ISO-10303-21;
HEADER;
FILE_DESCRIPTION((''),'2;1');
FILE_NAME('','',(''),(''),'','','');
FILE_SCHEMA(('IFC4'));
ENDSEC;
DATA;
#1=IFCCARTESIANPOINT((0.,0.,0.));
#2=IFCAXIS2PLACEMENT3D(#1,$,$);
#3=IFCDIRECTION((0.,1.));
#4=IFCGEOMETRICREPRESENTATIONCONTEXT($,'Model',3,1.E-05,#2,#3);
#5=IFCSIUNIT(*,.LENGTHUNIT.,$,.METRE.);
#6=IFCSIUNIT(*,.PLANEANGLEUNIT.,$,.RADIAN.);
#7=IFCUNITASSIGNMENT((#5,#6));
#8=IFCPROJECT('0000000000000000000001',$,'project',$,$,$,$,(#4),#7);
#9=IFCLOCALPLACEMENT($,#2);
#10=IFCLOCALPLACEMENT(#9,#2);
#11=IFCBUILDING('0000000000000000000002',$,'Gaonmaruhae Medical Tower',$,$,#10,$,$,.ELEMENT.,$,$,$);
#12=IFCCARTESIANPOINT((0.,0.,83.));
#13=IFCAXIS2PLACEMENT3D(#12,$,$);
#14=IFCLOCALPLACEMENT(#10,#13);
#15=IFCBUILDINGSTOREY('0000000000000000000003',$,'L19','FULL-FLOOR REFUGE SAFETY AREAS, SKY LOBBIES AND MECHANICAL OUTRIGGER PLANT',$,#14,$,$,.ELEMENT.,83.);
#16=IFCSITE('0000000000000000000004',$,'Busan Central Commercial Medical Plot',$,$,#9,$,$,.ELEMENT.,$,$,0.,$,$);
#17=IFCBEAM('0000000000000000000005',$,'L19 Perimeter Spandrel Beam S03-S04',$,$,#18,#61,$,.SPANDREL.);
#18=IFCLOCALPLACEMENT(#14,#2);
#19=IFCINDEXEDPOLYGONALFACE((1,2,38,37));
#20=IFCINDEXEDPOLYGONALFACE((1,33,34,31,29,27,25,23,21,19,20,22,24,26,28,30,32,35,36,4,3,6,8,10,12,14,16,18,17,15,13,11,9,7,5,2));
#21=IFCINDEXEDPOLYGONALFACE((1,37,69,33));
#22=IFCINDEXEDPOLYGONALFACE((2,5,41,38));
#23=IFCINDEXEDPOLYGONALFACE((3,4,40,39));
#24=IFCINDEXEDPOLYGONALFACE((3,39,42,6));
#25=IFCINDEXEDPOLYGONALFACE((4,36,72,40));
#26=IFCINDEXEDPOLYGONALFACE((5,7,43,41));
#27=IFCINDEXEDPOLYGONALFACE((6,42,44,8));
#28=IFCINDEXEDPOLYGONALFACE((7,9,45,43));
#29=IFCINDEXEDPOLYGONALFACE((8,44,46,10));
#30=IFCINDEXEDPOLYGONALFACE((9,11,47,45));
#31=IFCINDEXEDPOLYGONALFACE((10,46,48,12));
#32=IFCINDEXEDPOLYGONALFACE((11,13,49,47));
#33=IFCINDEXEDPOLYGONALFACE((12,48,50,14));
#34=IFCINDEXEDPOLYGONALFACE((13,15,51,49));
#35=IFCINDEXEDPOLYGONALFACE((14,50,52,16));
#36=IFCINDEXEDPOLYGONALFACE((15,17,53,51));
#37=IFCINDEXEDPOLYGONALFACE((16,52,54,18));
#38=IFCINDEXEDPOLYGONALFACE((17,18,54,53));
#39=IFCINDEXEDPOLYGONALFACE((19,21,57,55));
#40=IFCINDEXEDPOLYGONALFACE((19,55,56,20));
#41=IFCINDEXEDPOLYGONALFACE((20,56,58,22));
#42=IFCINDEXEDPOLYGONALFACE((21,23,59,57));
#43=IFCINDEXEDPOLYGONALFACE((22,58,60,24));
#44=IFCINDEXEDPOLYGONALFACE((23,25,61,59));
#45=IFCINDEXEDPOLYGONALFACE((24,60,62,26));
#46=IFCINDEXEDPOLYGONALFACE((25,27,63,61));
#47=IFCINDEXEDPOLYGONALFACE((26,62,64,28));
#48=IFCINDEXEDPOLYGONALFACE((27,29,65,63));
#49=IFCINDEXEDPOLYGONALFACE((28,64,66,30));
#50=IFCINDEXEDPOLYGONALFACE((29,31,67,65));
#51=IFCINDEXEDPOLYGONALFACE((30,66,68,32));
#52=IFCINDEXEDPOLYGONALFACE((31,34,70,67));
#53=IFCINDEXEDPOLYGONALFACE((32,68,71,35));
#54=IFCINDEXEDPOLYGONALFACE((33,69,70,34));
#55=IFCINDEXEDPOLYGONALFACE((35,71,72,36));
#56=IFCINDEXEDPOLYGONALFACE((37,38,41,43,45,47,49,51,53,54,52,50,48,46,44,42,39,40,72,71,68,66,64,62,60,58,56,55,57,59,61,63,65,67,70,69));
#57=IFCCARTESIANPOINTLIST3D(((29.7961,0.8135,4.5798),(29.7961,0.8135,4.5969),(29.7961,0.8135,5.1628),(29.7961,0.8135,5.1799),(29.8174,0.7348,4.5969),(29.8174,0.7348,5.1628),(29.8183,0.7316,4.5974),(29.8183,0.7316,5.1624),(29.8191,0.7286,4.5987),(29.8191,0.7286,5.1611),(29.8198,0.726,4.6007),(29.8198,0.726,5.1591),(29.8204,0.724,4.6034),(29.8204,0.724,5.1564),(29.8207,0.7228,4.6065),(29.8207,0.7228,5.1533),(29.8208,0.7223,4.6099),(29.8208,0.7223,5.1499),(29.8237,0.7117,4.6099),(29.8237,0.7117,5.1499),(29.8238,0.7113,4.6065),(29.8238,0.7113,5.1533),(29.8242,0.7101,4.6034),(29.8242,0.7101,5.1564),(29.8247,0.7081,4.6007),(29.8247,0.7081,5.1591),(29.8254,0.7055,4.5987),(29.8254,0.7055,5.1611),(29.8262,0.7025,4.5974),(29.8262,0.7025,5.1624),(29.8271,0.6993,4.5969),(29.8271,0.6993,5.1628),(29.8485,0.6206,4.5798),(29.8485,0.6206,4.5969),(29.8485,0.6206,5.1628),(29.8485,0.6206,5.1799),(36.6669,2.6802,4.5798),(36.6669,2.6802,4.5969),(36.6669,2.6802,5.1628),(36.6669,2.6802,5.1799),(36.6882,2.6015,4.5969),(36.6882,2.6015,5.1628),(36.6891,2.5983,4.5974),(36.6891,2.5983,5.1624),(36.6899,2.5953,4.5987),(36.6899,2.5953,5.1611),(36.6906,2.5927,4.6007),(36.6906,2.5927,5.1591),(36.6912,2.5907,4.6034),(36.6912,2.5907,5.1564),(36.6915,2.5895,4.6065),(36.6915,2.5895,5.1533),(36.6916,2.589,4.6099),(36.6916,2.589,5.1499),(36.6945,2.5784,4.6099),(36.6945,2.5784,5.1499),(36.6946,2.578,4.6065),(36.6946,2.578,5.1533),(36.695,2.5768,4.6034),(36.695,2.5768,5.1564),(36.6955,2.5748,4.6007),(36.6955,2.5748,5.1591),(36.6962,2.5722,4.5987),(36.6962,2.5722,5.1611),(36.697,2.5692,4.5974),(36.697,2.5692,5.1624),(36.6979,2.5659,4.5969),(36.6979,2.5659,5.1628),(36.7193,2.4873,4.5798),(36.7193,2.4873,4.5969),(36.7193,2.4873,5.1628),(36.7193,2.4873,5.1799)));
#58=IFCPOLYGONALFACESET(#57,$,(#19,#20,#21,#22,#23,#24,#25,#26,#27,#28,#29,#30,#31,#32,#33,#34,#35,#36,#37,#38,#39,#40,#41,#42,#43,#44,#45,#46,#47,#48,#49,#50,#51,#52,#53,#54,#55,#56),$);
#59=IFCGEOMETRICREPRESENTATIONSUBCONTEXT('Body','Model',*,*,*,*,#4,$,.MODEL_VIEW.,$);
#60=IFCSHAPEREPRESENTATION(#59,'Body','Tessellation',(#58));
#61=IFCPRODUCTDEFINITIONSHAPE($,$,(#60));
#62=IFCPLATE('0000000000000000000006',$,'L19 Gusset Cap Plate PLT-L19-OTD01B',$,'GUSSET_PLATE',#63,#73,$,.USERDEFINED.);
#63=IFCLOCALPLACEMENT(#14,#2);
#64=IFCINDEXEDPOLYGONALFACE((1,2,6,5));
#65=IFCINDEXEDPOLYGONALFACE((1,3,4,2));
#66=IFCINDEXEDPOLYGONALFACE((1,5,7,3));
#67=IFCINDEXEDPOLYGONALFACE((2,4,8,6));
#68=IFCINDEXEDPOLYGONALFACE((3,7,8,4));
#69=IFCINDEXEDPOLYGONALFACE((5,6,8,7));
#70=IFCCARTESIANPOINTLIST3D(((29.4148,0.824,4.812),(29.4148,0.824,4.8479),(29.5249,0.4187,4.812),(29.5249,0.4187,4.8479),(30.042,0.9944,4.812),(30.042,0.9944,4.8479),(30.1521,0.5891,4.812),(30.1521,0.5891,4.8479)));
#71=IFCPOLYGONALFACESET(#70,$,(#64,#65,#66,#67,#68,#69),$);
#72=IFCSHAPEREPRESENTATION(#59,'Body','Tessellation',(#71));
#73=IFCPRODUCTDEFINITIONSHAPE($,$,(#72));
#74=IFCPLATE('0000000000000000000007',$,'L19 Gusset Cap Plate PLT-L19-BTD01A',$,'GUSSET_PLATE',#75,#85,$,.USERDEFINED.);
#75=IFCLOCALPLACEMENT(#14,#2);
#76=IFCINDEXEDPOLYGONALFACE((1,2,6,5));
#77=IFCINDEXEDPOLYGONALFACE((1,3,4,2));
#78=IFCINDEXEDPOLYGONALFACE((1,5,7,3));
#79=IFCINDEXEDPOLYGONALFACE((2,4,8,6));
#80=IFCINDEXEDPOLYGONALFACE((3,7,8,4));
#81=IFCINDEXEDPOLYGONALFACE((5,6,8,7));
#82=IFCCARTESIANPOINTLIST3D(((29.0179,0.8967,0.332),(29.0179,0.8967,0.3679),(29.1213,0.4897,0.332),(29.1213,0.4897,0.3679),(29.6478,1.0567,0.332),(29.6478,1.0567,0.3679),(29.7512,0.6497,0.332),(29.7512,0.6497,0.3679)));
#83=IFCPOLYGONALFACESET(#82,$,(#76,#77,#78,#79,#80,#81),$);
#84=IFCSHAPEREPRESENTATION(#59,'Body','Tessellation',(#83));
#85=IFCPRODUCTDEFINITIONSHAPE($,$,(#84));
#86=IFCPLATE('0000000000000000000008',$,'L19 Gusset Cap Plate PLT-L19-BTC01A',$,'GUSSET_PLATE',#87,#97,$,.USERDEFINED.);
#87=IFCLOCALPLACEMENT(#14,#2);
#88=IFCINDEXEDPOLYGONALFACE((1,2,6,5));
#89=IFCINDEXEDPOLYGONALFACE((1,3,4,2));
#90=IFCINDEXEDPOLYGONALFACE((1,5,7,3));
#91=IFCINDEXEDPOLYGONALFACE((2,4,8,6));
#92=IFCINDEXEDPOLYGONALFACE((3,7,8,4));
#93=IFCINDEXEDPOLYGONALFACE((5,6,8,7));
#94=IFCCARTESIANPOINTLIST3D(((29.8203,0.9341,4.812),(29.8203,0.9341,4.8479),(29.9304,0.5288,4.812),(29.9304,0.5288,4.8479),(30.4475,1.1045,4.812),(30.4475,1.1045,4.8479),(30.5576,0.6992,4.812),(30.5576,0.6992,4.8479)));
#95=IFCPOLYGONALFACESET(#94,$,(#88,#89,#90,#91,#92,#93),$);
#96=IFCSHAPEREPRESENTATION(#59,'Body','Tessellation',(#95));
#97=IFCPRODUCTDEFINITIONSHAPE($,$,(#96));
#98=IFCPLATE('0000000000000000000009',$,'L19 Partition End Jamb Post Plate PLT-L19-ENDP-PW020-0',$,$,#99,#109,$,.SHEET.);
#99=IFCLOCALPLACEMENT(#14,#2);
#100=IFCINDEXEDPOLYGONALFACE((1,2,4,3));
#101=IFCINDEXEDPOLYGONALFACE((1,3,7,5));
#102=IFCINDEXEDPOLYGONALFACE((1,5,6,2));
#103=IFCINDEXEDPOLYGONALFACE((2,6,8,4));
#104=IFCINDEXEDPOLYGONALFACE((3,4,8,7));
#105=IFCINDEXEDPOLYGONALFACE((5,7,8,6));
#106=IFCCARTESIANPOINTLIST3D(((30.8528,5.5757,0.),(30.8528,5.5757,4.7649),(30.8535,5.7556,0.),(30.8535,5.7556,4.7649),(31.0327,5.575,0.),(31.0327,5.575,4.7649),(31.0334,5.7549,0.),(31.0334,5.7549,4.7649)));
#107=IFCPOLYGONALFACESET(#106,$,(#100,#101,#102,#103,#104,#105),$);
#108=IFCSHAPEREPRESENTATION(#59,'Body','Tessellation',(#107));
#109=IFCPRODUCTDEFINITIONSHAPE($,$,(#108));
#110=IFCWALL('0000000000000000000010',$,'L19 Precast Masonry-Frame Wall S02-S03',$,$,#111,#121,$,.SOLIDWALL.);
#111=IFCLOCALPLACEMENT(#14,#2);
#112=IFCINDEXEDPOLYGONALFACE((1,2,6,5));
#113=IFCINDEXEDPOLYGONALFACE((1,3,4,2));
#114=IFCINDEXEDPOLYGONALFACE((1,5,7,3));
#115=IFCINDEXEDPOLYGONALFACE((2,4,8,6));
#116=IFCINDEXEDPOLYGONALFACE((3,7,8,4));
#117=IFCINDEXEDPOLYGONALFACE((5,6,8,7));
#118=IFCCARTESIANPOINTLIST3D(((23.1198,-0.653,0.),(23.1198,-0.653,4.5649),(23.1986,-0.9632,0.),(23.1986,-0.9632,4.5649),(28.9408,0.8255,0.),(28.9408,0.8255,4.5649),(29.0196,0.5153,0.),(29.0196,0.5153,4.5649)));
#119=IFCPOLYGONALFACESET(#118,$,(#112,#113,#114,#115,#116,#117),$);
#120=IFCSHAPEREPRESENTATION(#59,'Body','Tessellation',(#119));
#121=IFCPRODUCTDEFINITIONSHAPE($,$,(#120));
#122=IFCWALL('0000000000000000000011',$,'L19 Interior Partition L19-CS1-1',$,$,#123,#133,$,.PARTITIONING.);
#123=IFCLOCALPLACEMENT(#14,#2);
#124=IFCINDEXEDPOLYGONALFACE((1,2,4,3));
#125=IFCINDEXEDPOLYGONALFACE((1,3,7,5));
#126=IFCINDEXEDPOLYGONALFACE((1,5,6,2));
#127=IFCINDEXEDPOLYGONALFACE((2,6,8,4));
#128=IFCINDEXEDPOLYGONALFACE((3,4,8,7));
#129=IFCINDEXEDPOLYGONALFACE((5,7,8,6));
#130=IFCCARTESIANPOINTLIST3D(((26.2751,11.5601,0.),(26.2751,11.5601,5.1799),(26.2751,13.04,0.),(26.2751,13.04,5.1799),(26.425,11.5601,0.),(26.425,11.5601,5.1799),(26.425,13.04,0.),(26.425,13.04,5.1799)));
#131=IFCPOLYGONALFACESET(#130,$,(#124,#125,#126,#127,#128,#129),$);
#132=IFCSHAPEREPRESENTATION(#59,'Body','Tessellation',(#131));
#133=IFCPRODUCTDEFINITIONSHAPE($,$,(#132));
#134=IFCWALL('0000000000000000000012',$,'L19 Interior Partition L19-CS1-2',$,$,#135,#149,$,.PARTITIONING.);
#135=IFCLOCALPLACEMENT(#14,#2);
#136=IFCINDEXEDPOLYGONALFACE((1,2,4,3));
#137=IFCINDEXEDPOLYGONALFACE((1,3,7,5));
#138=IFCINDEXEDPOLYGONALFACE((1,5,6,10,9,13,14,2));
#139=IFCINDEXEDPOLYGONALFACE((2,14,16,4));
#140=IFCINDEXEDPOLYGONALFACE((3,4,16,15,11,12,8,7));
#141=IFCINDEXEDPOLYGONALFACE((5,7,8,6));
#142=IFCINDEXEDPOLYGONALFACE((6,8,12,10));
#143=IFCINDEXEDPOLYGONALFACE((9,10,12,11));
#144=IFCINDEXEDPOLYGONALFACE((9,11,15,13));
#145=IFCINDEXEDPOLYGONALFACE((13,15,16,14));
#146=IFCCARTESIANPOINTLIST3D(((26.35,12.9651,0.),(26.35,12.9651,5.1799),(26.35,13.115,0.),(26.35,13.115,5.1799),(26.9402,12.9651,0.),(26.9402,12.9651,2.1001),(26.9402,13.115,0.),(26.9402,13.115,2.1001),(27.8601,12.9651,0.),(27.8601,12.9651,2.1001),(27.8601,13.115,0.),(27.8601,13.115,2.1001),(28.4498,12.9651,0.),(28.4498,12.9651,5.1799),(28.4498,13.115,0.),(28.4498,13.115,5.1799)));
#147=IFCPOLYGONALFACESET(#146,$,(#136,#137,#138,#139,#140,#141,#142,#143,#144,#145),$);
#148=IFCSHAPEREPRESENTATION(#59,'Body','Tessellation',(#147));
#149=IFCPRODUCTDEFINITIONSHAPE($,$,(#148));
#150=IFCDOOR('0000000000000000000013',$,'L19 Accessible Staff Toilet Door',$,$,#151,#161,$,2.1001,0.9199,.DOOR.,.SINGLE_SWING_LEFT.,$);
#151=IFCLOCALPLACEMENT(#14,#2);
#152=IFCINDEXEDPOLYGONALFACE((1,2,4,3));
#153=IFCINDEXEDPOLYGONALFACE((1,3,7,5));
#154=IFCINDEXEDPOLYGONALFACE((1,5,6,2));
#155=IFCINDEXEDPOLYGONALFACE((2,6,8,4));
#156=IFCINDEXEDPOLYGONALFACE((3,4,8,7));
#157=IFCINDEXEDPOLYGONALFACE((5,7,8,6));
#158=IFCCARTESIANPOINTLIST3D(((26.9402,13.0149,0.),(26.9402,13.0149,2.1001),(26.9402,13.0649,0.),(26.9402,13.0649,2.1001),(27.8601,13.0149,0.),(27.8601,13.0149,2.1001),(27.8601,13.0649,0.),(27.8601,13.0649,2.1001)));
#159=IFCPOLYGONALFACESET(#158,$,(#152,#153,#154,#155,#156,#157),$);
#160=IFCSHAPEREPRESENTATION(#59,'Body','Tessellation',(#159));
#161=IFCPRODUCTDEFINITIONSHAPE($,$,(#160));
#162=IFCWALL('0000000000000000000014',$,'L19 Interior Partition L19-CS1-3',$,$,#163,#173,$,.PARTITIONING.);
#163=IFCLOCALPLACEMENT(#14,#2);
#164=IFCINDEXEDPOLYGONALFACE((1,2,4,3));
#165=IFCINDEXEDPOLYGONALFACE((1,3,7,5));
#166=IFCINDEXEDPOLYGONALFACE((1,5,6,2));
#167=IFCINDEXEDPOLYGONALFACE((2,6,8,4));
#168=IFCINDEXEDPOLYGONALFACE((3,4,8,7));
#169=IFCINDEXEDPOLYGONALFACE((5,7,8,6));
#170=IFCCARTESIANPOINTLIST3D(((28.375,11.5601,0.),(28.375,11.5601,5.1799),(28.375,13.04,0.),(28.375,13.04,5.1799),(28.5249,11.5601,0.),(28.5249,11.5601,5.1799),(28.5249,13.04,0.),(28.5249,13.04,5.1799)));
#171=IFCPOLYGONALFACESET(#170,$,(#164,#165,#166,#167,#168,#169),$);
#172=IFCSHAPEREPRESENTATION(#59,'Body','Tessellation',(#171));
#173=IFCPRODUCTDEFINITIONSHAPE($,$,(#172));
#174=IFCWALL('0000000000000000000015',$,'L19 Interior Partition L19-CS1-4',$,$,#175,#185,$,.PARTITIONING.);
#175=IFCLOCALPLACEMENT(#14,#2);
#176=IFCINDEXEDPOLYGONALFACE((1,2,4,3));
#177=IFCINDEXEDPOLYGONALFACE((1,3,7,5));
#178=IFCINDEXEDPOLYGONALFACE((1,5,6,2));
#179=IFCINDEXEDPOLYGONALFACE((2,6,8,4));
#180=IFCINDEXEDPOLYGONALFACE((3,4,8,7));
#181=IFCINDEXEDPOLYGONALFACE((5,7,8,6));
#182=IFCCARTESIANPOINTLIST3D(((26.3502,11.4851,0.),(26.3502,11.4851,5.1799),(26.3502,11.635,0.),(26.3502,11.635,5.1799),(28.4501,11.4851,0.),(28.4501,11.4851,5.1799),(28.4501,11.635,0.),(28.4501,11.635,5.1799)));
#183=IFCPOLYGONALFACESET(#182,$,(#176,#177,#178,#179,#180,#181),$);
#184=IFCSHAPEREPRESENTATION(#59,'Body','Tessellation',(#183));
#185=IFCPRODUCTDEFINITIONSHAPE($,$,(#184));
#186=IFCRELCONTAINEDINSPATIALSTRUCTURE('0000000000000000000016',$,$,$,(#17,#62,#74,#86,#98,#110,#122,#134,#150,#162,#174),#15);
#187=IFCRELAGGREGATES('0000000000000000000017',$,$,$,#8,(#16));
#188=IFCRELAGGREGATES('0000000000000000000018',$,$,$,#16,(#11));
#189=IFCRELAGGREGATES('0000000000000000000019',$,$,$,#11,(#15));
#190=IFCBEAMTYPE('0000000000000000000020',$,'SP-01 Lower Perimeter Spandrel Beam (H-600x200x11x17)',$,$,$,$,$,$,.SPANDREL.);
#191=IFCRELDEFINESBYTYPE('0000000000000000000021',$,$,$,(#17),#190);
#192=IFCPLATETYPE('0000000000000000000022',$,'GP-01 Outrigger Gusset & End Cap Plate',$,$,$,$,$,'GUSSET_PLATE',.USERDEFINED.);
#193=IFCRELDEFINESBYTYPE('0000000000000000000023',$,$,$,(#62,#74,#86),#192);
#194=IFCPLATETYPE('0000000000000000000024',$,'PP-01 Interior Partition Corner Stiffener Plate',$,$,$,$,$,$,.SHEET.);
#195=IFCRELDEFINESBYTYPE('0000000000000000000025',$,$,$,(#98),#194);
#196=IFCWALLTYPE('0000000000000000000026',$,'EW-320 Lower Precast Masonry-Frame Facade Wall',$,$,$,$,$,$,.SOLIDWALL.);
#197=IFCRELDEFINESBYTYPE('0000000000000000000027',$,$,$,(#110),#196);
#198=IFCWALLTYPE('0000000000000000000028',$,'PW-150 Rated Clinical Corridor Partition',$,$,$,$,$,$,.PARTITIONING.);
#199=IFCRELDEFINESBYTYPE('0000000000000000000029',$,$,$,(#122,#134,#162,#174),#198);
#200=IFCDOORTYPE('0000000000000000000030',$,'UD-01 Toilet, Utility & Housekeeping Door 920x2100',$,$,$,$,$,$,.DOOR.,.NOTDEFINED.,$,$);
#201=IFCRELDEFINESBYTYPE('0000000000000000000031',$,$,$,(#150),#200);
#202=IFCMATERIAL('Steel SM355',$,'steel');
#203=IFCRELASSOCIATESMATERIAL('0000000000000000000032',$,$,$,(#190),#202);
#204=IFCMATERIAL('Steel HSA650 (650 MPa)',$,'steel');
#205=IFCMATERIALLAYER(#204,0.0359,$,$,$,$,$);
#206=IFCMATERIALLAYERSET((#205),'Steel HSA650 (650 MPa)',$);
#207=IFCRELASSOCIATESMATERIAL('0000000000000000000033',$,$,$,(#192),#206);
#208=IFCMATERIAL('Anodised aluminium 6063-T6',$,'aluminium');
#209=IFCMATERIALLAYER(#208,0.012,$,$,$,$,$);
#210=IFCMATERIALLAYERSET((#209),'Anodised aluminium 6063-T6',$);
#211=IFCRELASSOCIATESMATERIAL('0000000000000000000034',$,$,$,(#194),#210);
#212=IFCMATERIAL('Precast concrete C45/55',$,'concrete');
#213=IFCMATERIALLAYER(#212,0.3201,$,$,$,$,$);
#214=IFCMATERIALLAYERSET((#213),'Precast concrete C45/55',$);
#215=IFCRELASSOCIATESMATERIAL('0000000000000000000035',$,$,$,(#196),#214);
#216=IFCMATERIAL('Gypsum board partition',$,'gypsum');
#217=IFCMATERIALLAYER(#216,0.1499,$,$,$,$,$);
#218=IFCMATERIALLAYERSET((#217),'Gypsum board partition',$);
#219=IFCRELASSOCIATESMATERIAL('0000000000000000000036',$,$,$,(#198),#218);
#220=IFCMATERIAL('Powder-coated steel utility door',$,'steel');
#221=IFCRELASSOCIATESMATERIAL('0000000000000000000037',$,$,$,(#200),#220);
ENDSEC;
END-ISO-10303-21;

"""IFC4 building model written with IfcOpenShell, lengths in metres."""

from ifc_helpers import new_model, si_unit, direction, frame, frame_2d, origin, origin_2d, place, context, subcontext, project, spatial, rectangle, i_section, extrude, material, layer, layer_set, material_profile, profile_set, type_object, element, fill, save


model = new_model("IFC4")

# Units and contexts
model_context = context("Model", 3, precision=1e-05, world=origin(), true_north=direction((0.0, 1.0)))
body_context = subcontext(model_context, "Body", "Model", "MODEL_VIEW")
ifc_project = project(units=[si_unit("LENGTHUNIT", "METRE"), si_unit("PLANEANGLEUNIT", "RADIAN")], contexts=[model_context])

# Site, building, storey
site_placement = place(None, origin())
site = spatial("IfcSite", under=ifc_project, at=site_placement, Name="Busan Central Commercial Medical Plot", CompositionType="ELEMENT", RefElevation=0.0)
building_placement = place(site_placement, origin())
building = spatial("IfcBuilding", under=site, at=building_placement, Name="Gaonmaruhae Medical Tower", CompositionType="ELEMENT")
storey_placement = place(building_placement, frame((0.0, 0.0, 83.0)))
storey = spatial("IfcBuildingStorey", under=building, at=storey_placement, Name="L19", Description="FULL-FLOOR REFUGE SAFETY AREAS, SKY LOBBIES AND MECHANICAL OUTRIGGER PLANT", CompositionType="ELEMENT", Elevation=83.0)

# Shared definitions
ifc_material_1 = material(Name="Steel HSA650 (650 MPa)", Category="steel")

# Beam
ifc_material_2 = material(Name="Steel SM355", Category="steel")
ifc_material_profile_1 = material_profile(ifc_material_2, i_section(OverallWidth=0.2, OverallDepth=0.6001, WebThickness=0.011, FlangeThickness=0.0171, FilletRadius=0.0129, at=origin_2d()), Name="H-600x200x11x17")
ifc_profile_set_1 = profile_set([ifc_material_profile_1], Name="Steel SM355")
beam_type_1 = type_object("IfcBeamType", Name="SP-01 Lower Perimeter Spandrel Beam (H-600x200x11x17)", PredefinedType="SPANDREL", material=ifc_profile_set_1)
beam_1_placement = place(storey_placement, frame((29.8223, 0.717, 4.8799), z_axis=(0.965019, 0.26218, 0.0), x_axis=(-0.26218, 0.965019, 0.0)))
element("IfcBeam", 1, at=beam_1_placement, inside=storey, type_object=beam_type_1, Name="L19 Perimeter Spandrel Beam S03-S04", PredefinedType="SPANDREL", context=body_context, shape_type="SweptSolid", body=[
    extrude(i_section(OverallWidth=0.2, OverallDepth=0.6001, WebThickness=0.011, FlangeThickness=0.0171, FilletRadius=0.0129, at=origin_2d()), origin(), (0.0, 0.0, 1.0), 7.1199),
])

# Plates
ifc_layer_1 = layer(ifc_material_1, 0.0359)
ifc_layer_set_1 = layer_set([ifc_layer_1], Name="Steel HSA650 (650 MPa)")
plate_type_1 = type_object("IfcPlateType", Name="GP-01 Outrigger Gusset & End Cap Plate", ElementType="GUSSET_PLATE", PredefinedType="USERDEFINED", material=ifc_layer_set_1)
for number, where, z_axis, x_axis, name in (
    (2, (29.7834, 0.7065, 4.812), (0.0, 0.0, 1.0), (0.965016, 0.262189, 0.0), "L19 Gusset Cap Plate PLT-L19-OTD01B"),
    (3, (29.3845, 0.7732, 0.332), (0.0, 0.0, 1.0), (0.969231, 0.246153, 0.0), "L19 Gusset Cap Plate PLT-L19-BTD01A"),
    (4, (30.189, 0.8167, 4.812), (0.0, 0.0, 1.0), (0.965016, 0.262189, 0.0), "L19 Gusset Cap Plate PLT-L19-BTC01A"),
):
    element("IfcPlate", number, at=place(storey_placement, frame(where, z_axis=z_axis, x_axis=x_axis)), inside=storey, type_object=plate_type_1, Name=name, ObjectType="GUSSET_PLATE", PredefinedType="USERDEFINED", context=body_context, shape_type="SweptSolid", body=[
        extrude(rectangle(XDim=0.6499, YDim=0.4199, at=origin_2d()), origin(), (0.0, 0.0, 1.0), 0.0359),
    ])
ifc_material_3 = material(Name="Anodised aluminium 6063-T6", Category="aluminium")
ifc_layer_2 = layer(ifc_material_3, 0.012)
ifc_layer_set_2 = layer_set([ifc_layer_2], Name="Anodised aluminium 6063-T6")
plate_type_2 = type_object("IfcPlateType", Name="PP-01 Interior Partition Corner Stiffener Plate", PredefinedType="SHEET", material=ifc_layer_set_2)
plate_placement = place(storey_placement, frame((30.9431, 5.6653, 0.0), z_axis=(0.0, 0.0, 1.0), x_axis=(0.999992, -0.003927, 0.0)))
element("IfcPlate", 5, at=plate_placement, inside=storey, type_object=plate_type_2, Name="L19 Partition End Jamb Post Plate PLT-L19-ENDP-PW020-0", PredefinedType="SHEET", context=body_context, shape_type="SweptSolid", body=[
    extrude(rectangle(XDim=0.1799, YDim=0.1799, at=origin_2d()), origin(), (0.0, 0.0, 1.0), 4.7649),
])

# Walls
ifc_material_4 = material(Name="Precast concrete C45/55", Category="concrete")
ifc_layer_3 = layer(ifc_material_4, 0.3201)
ifc_layer_set_3 = layer_set([ifc_layer_3], Name="Precast concrete C45/55")
wall_type_1 = type_object("IfcWallType", Name="EW-320 Lower Precast Masonry-Frame Facade Wall", PredefinedType="SOLIDWALL", material=ifc_layer_set_3)
wall_1_placement = place(storey_placement, frame((28.9802, 0.6704, 0.0), z_axis=(0.0, 0.0, 1.0), x_axis=(-0.969225, -0.246178, 0.0)))
element("IfcWall", 6, at=wall_1_placement, inside=storey, type_object=wall_type_1, Name="L19 Precast Masonry-Frame Wall S02-S03", PredefinedType="SOLIDWALL", context=body_context, shape_type="SweptSolid", body=[
    extrude(rectangle(XDim=6.0059, YDim=0.3201, at=frame_2d((3.0029, 0.0))), origin(), (0.0, 0.0, 1.0), 4.5649),
])
ifc_material_5 = material(Name="Gypsum board partition", Category="gypsum")
ifc_layer_4 = layer(ifc_material_5, 0.1499)
ifc_layer_set_4 = layer_set([ifc_layer_4], Name="Gypsum board partition")
wall_type_2 = type_object("IfcWallType", Name="PW-150 Rated Clinical Corridor Partition", PredefinedType="PARTITIONING", material=ifc_layer_set_4)
wall_2_placement = place(storey_placement, frame((26.3501, 11.5601, 0.0), z_axis=(0.0, 0.0, 1.0), x_axis=(0.0, 1.0, 0.0)))
element("IfcWall", 7, at=wall_2_placement, inside=storey, type_object=wall_type_2, Name="L19 Interior Partition L19-CS1-1", PredefinedType="PARTITIONING", context=body_context, shape_type="SweptSolid", body=[
    extrude(rectangle(XDim=1.48, YDim=0.1499, at=frame_2d((0.74, 0.0))), origin(), (0.0, 0.0, 1.0), 5.1799),
])

# Wall, opening, door
wall_3_placement = place(storey_placement, frame((26.3501, 13.04, 0.0), z_axis=(0.0, 0.0, 1.0), x_axis=(1.0, 0.0, 0.0)))
wall_3 = element("IfcWall", 8, at=wall_3_placement, inside=storey, type_object=wall_type_2, Name="L19 Interior Partition L19-CS1-2", PredefinedType="PARTITIONING", context=body_context, shape_type="SweptSolid", body=[
    extrude(rectangle(XDim=2.0999, YDim=0.1499, at=frame_2d((1.0498, 0.0))), origin(), (0.0, 0.0, 1.0), 5.1799),
])
opening_1_placement = place(wall_3_placement, frame((0.5901, 0.0, 0.0)))
opening_1 = element("IfcOpeningElement", 9, at=opening_1_placement, cuts=wall_3, PredefinedType="OPENING", context=body_context, shape_type="SweptSolid", body=[
    extrude(rectangle(XDim=0.9199, YDim=2.1001, at=frame_2d((0.46, 1.05))), frame((0.0, 0.085, 0.0), z_axis=(0.0, -1.0, 0.0), x_axis=(1.0, 0.0, 0.0)), (0.0, 0.0, 1.0), 0.1699),
])
ifc_material_6 = material(Name="Powder-coated steel utility door", Category="steel")
door_type_1 = type_object("IfcDoorType", Name="UD-01 Toilet, Utility & Housekeeping Door 920x2100", OperationType="NOTDEFINED", PredefinedType="DOOR", material=ifc_material_6)
door_1_placement = place(opening_1_placement, origin())
door_1 = element("IfcDoor", 10, at=door_1_placement, inside=storey, type_object=door_type_1, Name="L19 Accessible Staff Toilet Door", OperationType="SINGLE_SWING_LEFT", OverallHeight=2.1001, OverallWidth=0.9199, PredefinedType="DOOR", context=body_context, shape_type="SweptSolid", body=[
    extrude(rectangle(XDim=0.9199, YDim=2.1001, at=frame_2d((0.46, 1.05))), frame((0.0, 0.0249, 0.0), z_axis=(0.0, -1.0, 0.0), x_axis=(1.0, 0.0, 0.0)), (0.0, 0.0, 1.0), 0.05),
])
fill(opening_1, door_1)

# Walls
wall_4_placement = place(storey_placement, frame((28.45, 13.04, 0.0), z_axis=(0.0, 0.0, 1.0), x_axis=(0.0, -1.0, 0.0)))
element("IfcWall", 11, at=wall_4_placement, inside=storey, type_object=wall_type_2, Name="L19 Interior Partition L19-CS1-3", PredefinedType="PARTITIONING", context=body_context, shape_type="SweptSolid", body=[
    extrude(rectangle(XDim=1.48, YDim=0.1499, at=frame_2d((0.74, 0.0))), origin(), (0.0, 0.0, 1.0), 5.1799),
])
wall_5_placement = place(storey_placement, frame((28.45, 11.5601, 0.0), z_axis=(0.0, 0.0, 1.0), x_axis=(-1.0, 0.0, 0.0)))
element("IfcWall", 12, at=wall_5_placement, inside=storey, type_object=wall_type_2, Name="L19 Interior Partition L19-CS1-4", PredefinedType="PARTITIONING", context=body_context, shape_type="SweptSolid", body=[
    extrude(rectangle(XDim=2.0999, YDim=0.1499, at=frame_2d((1.0498, 0.0))), origin(), (0.0, 0.0, 1.0), 5.1799),
])

save(model, "model.ifc")
